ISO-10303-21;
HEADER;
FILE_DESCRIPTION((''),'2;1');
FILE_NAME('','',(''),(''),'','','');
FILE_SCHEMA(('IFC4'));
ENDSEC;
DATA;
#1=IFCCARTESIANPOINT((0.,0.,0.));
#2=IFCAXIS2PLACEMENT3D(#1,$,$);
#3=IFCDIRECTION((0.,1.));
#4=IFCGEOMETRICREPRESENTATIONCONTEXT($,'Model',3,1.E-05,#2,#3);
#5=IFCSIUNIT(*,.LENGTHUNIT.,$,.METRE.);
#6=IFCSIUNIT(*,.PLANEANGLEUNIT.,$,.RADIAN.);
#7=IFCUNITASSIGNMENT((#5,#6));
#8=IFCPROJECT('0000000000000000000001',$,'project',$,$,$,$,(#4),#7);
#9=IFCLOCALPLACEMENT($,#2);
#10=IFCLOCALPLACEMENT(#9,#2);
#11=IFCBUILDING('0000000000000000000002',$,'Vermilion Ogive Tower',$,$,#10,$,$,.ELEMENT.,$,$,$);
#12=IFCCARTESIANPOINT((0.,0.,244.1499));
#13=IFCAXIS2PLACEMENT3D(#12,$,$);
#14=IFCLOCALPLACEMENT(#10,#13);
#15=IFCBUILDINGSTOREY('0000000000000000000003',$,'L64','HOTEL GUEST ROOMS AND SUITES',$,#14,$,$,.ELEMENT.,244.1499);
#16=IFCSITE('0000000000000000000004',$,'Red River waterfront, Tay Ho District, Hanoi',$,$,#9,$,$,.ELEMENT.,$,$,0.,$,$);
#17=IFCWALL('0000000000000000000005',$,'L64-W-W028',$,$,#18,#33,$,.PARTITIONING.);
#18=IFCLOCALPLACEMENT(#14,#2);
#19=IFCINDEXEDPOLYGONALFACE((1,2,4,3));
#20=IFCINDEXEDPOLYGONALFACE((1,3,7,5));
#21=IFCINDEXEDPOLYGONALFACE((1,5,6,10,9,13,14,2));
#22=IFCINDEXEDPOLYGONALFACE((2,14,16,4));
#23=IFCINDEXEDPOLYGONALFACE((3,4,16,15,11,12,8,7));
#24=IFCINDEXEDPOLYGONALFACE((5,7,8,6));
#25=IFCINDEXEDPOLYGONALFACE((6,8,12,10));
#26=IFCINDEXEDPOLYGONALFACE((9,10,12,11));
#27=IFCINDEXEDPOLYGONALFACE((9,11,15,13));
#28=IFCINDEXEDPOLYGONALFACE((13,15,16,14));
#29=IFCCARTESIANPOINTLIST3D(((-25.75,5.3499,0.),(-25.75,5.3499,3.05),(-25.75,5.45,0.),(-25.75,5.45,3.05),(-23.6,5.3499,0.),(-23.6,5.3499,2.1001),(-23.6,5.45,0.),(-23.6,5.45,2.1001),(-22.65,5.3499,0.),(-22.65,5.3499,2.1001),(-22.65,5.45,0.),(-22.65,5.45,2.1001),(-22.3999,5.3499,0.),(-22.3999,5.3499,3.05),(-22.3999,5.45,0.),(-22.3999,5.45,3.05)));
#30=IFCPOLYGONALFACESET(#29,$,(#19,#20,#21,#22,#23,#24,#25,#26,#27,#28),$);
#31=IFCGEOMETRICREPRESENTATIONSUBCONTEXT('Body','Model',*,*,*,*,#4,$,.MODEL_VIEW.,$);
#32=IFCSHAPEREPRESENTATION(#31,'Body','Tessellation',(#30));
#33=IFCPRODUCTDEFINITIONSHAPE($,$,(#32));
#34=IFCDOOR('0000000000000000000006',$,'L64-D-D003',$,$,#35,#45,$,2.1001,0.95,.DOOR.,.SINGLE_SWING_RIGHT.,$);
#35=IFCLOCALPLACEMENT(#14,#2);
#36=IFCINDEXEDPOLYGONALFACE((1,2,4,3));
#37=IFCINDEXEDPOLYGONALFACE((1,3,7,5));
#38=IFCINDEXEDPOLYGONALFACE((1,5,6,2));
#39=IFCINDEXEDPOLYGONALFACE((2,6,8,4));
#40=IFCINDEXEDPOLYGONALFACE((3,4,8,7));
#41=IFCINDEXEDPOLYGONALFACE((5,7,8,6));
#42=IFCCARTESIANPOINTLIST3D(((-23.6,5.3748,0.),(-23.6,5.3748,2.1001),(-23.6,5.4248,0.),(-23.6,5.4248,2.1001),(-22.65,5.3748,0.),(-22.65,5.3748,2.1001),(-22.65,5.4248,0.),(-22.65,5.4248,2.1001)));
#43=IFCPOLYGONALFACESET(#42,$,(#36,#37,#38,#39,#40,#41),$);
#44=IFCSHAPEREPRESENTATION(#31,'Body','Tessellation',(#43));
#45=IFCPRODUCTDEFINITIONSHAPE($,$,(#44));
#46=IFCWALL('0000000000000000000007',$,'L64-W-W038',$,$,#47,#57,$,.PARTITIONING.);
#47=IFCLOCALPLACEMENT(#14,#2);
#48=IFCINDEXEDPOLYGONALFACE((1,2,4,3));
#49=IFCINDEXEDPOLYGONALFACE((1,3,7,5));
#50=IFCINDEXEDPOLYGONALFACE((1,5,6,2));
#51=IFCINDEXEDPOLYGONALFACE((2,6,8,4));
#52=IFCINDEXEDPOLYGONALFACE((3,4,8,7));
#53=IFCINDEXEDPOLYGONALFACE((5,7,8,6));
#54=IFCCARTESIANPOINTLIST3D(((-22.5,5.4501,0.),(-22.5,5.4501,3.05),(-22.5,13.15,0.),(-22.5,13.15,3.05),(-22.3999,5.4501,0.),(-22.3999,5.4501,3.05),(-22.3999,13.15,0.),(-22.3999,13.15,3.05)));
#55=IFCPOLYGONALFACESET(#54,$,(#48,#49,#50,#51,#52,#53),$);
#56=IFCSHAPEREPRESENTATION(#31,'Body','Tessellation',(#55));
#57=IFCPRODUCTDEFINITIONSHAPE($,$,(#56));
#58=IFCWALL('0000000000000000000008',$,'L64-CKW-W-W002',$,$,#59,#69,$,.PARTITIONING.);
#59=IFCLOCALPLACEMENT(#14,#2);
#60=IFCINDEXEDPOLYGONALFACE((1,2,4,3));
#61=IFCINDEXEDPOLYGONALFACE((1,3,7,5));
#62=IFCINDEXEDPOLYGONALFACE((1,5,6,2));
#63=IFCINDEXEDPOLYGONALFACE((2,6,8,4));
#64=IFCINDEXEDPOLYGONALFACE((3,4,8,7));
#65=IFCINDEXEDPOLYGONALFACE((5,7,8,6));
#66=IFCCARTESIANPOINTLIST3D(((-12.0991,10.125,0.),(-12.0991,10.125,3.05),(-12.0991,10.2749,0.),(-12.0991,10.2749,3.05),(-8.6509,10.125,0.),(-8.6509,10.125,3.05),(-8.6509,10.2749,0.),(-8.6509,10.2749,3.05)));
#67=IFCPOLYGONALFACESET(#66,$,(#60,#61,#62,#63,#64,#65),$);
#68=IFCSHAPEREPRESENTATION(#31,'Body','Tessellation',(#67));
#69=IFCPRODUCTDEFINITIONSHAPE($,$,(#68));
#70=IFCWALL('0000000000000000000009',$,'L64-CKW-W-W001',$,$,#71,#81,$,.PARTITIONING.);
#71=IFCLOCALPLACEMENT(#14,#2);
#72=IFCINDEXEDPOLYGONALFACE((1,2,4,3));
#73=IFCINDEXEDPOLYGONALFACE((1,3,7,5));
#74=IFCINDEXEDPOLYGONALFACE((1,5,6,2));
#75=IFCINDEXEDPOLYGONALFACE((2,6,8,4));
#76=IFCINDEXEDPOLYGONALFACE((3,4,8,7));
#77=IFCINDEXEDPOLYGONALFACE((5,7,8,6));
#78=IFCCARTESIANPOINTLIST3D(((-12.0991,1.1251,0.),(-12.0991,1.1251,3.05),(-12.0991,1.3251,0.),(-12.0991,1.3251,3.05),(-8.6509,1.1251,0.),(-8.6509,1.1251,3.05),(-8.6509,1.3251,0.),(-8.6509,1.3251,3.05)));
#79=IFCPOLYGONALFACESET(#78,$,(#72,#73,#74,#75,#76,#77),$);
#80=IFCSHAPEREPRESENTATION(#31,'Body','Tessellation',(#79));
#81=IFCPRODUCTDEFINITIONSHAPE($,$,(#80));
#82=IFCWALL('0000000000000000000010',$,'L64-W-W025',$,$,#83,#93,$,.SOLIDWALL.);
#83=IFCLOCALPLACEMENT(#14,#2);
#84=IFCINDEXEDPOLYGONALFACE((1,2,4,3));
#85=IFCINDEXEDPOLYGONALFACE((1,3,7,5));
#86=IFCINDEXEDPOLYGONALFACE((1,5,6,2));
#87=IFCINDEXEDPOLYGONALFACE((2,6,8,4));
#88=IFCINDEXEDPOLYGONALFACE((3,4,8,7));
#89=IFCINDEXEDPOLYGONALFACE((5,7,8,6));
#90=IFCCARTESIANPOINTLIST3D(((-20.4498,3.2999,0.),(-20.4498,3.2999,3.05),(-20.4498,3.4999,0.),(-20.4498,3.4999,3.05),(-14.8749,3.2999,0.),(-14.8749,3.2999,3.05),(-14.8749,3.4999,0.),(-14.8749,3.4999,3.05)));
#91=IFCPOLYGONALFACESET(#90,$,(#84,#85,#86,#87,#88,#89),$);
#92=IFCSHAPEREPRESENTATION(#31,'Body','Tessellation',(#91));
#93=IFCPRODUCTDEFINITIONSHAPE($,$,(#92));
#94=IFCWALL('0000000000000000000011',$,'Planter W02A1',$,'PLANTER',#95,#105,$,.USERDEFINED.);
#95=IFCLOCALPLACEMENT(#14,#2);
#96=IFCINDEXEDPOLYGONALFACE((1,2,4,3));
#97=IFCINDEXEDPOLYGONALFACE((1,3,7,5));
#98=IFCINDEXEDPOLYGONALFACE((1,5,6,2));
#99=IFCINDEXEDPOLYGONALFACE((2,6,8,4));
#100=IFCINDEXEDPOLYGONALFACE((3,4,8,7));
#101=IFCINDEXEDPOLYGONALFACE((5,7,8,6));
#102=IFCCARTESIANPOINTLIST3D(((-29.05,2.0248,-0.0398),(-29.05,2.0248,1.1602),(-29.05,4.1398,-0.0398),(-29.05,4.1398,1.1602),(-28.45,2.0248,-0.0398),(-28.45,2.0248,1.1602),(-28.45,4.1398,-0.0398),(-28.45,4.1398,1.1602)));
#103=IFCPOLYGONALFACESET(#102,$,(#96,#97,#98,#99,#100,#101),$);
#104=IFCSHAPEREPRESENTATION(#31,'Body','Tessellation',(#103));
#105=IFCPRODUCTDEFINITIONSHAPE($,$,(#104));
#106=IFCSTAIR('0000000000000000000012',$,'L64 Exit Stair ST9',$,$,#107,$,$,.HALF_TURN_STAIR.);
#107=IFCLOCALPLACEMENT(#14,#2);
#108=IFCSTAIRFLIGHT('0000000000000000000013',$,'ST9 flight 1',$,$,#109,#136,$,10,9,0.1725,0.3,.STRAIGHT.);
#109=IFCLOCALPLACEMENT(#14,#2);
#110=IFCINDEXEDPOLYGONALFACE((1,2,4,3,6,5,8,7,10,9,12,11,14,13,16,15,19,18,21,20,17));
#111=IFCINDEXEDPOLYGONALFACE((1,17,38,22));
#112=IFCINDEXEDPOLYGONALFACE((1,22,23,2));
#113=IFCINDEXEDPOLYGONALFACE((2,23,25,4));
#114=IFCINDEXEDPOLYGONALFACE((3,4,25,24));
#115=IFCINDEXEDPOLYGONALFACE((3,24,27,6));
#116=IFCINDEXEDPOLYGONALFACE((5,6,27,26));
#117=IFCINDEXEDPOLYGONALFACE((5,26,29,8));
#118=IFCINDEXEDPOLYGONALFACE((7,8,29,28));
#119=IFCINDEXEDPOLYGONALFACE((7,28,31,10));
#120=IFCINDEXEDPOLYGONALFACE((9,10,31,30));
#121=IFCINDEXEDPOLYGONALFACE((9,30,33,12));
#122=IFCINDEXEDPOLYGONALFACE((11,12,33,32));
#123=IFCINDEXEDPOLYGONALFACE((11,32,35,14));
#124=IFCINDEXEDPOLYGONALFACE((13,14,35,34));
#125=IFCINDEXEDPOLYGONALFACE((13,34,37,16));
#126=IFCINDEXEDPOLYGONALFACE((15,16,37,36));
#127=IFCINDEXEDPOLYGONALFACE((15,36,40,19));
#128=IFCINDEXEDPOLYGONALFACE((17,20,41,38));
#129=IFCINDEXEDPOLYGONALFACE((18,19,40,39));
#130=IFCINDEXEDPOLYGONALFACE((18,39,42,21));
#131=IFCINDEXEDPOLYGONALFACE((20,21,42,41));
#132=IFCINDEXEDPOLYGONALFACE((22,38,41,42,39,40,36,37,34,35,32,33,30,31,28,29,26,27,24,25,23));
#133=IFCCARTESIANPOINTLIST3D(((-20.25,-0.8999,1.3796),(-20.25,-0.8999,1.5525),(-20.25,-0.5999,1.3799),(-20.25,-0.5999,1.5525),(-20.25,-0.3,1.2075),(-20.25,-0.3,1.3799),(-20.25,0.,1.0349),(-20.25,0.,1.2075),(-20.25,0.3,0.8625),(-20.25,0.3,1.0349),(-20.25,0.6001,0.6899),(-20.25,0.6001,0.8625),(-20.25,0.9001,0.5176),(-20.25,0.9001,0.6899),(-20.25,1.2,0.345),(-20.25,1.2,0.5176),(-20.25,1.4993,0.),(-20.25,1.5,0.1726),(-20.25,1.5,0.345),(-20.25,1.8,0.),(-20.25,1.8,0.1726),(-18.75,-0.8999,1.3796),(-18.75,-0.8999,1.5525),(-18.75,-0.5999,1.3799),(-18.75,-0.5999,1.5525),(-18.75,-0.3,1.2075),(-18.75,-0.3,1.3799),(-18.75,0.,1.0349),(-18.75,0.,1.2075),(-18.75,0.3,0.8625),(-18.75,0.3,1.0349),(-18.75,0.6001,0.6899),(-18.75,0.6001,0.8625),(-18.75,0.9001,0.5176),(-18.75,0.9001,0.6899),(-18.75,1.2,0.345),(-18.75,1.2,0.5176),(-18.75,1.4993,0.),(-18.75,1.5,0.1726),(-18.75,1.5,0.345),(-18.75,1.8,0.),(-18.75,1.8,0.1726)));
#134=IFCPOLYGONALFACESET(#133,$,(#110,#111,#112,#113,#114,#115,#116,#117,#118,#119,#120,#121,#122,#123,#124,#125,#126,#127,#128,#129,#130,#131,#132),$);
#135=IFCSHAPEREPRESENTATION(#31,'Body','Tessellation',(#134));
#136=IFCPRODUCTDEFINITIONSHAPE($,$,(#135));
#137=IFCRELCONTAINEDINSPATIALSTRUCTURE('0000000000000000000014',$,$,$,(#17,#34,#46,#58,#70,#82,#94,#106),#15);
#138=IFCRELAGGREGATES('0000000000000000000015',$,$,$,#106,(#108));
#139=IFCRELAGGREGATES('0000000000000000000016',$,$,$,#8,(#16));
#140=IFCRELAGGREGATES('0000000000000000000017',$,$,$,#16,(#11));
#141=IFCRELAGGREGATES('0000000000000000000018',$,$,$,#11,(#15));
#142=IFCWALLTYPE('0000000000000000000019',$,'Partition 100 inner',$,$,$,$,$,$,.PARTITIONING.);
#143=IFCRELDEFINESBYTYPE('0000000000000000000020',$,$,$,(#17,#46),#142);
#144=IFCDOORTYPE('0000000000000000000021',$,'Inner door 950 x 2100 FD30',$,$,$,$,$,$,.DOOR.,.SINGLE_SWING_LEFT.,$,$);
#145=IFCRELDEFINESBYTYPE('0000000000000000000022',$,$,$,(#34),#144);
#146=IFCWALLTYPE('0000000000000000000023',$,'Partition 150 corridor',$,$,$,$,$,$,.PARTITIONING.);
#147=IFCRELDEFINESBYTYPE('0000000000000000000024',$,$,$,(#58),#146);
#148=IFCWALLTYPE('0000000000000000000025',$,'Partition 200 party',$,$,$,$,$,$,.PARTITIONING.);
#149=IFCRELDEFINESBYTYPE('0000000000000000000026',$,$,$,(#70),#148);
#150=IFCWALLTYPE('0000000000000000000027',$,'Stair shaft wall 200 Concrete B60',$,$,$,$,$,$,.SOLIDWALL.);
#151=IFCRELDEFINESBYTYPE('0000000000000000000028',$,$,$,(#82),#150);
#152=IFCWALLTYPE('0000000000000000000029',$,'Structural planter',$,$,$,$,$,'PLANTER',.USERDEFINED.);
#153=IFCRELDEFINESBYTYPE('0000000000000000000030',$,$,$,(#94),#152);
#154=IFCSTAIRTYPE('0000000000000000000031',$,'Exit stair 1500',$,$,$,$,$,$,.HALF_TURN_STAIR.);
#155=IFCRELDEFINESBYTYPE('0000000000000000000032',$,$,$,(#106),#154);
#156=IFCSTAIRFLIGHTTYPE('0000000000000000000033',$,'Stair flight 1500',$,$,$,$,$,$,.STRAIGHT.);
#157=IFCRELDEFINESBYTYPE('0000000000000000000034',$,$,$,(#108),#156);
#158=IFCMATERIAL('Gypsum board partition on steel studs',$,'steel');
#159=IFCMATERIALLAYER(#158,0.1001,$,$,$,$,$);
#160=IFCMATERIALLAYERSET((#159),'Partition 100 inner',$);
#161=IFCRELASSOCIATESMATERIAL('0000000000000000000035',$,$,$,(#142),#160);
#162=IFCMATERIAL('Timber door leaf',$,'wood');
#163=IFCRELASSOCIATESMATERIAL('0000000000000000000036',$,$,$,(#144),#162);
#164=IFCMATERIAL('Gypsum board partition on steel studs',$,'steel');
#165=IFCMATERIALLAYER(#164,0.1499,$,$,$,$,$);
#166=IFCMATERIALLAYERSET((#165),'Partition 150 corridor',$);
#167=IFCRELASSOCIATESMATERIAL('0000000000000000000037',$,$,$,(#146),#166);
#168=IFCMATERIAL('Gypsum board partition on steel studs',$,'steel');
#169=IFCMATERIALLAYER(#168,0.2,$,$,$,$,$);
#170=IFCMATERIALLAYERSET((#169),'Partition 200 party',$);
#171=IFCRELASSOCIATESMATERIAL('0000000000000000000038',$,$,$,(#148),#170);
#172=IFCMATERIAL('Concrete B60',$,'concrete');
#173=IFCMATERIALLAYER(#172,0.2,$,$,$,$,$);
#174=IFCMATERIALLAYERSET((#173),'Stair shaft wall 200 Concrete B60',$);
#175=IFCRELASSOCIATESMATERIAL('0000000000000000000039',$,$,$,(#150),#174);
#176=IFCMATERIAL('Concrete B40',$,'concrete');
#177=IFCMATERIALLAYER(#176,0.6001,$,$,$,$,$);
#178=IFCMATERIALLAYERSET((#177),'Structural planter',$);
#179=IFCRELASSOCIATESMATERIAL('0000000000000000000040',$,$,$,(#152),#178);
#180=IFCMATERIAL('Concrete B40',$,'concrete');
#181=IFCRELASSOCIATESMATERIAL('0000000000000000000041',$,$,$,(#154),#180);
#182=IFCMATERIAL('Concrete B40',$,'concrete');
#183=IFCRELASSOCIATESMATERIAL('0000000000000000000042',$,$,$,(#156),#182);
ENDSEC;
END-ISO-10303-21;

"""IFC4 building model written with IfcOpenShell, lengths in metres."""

from ifc_helpers import new_model, si_unit, direction, frame, frame_2d, origin, place, context, subcontext, project, spatial, polyline, rectangle, outline, extrude, material, layer, layer_set, type_object, element, fill, aggregate, save


model = new_model("IFC4")

# Units and contexts
model_context = context("Model", 3, precision=1e-05, world=origin(), true_north=direction((0.0, 1.0)))
body_context = subcontext(model_context, "Body", "Model", "MODEL_VIEW")
ifc_project = project(units=[si_unit("LENGTHUNIT", "METRE"), si_unit("PLANEANGLEUNIT", "RADIAN")], contexts=[model_context])

# Site, building, storey
site_placement = place(None, origin())
site = spatial("IfcSite", under=ifc_project, at=site_placement, Name="Red River waterfront, Tay Ho District, Hanoi", CompositionType="ELEMENT", RefElevation=0.0)
building_placement = place(site_placement, origin())
building = spatial("IfcBuilding", under=site, at=building_placement, Name="Vermilion Ogive Tower", CompositionType="ELEMENT")
storey_placement = place(building_placement, frame((0.0, 0.0, 244.1499)))
storey = spatial("IfcBuildingStorey", under=building, at=storey_placement, Name="L64", Description="HOTEL GUEST ROOMS AND SUITES", CompositionType="ELEMENT", Elevation=244.1499)

# Wall, opening, door
ifc_material_1 = material(Name="Gypsum board partition on steel studs", Category="steel")
ifc_layer_1 = layer(ifc_material_1, 0.1001)
ifc_layer_set_1 = layer_set([ifc_layer_1], Name="Partition 100 inner")
wall_type_1 = type_object("IfcWallType", Name="Partition 100 inner", PredefinedType="PARTITIONING", material=ifc_layer_set_1)
ifc_material_2 = material(Name="Timber door leaf", Category="wood")
door_type_1 = type_object("IfcDoorType", Name="Inner door 950 x 2100 FD30", OperationType="SINGLE_SWING_LEFT", PredefinedType="DOOR", material=ifc_material_2)
wall_1_placement = place(storey_placement, frame((-25.75, 5.3999, 0.0), z_axis=(0.0, 0.0, 1.0), x_axis=(1.0, 0.0, 0.0)))
wall_1 = element("IfcWall", 1, at=wall_1_placement, inside=storey, type_object=wall_type_1, Name="L64-W-W028", PredefinedType="PARTITIONING", context=body_context, shape_type="SweptSolid", body=[
    extrude(rectangle(XDim=3.3501, YDim=0.1001, at=frame_2d((1.675, 0.0))), origin(), (0.0, 0.0, 1.0), 3.05),
])
opening_1_placement = place(wall_1_placement, frame((2.1499, 0.0, 0.0)))
opening_1 = element("IfcOpeningElement", 2, at=opening_1_placement, cuts=wall_1, PredefinedType="OPENING", context=body_context, shape_type="SweptSolid", body=[
    extrude(rectangle(XDim=0.95, YDim=2.1001, at=frame_2d((0.4751, 1.05))), frame((0.0, 0.0601, 0.0), z_axis=(0.0, -1.0, 0.0), x_axis=(1.0, 0.0, 0.0)), (0.0, 0.0, 1.0), 0.1201),
])
door_1_placement = place(opening_1_placement, origin())
door_1 = element("IfcDoor", 3, at=door_1_placement, inside=storey, type_object=door_type_1, Name="L64-D-D003", OperationType="SINGLE_SWING_RIGHT", OverallHeight=2.1001, OverallWidth=0.95, PredefinedType="DOOR", context=body_context, shape_type="SweptSolid", body=[
    extrude(rectangle(XDim=0.95, YDim=2.1001, at=frame_2d((0.4751, 1.05))), frame((0.0, 0.0249, 0.0), z_axis=(0.0, -1.0, 0.0), x_axis=(1.0, 0.0, 0.0)), (0.0, 0.0, 1.0), 0.05),
])
fill(opening_1, door_1)

# Walls
wall_2_placement = place(storey_placement, frame((-22.45, 5.45, 0.0), z_axis=(0.0, 0.0, 1.0), x_axis=(0.0, 1.0, 0.0)))
element("IfcWall", 4, at=wall_2_placement, inside=storey, type_object=wall_type_1, Name="L64-W-W038", PredefinedType="PARTITIONING", context=body_context, shape_type="SweptSolid", body=[
    extrude(rectangle(XDim=7.7, YDim=0.1001, at=frame_2d((3.8501, 0.0))), origin(), (0.0, 0.0, 1.0), 3.05),
])
ifc_material_3 = material(Name="Gypsum board partition on steel studs", Category="steel")
ifc_layer_2 = layer(ifc_material_3, 0.1499)
ifc_layer_set_2 = layer_set([ifc_layer_2], Name="Partition 150 corridor")
wall_type_2 = type_object("IfcWallType", Name="Partition 150 corridor", PredefinedType="PARTITIONING", material=ifc_layer_set_2)
wall_3_placement = place(storey_placement, frame((-12.0991, 10.2, 0.0), z_axis=(0.0, 0.0, 1.0), x_axis=(1.0, 0.0, 0.0)))
element("IfcWall", 5, at=wall_3_placement, inside=storey, type_object=wall_type_2, Name="L64-CKW-W-W002", PredefinedType="PARTITIONING", context=body_context, shape_type="SweptSolid", body=[
    extrude(rectangle(XDim=3.4482, YDim=0.1499, at=frame_2d((1.7241, 0.0))), origin(), (0.0, 0.0, 1.0), 3.05),
])
ifc_material_4 = material(Name="Gypsum board partition on steel studs", Category="steel")
ifc_layer_3 = layer(ifc_material_4, 0.2)
ifc_layer_set_3 = layer_set([ifc_layer_3], Name="Partition 200 party")
wall_type_3 = type_object("IfcWallType", Name="Partition 200 party", PredefinedType="PARTITIONING", material=ifc_layer_set_3)
wall_4_placement = place(storey_placement, frame((-12.0991, 1.2251, 0.0), z_axis=(0.0, 0.0, 1.0), x_axis=(1.0, 0.0, 0.0)))
element("IfcWall", 6, at=wall_4_placement, inside=storey, type_object=wall_type_3, Name="L64-CKW-W-W001", PredefinedType="PARTITIONING", context=body_context, shape_type="SweptSolid", body=[
    extrude(rectangle(XDim=3.4482, YDim=0.2, at=frame_2d((1.7241, 0.0))), origin(), (0.0, 0.0, 1.0), 3.05),
])
ifc_material_5 = material(Name="Concrete B60", Category="concrete")
ifc_layer_4 = layer(ifc_material_5, 0.2)
ifc_layer_set_4 = layer_set([ifc_layer_4], Name="Stair shaft wall 200 Concrete B60")
wall_type_4 = type_object("IfcWallType", Name="Stair shaft wall 200 Concrete B60", PredefinedType="SOLIDWALL", material=ifc_layer_set_4)
wall_5_placement = place(storey_placement, frame((-20.45, 3.3999, 0.0), z_axis=(0.0, 0.0, 1.0), x_axis=(1.0, 0.0, 0.0)))
element("IfcWall", 7, at=wall_5_placement, inside=storey, type_object=wall_type_4, Name="L64-W-W025", PredefinedType="SOLIDWALL", context=body_context, shape_type="SweptSolid", body=[
    extrude(rectangle(XDim=5.575, YDim=0.2, at=frame_2d((2.7876, 0.0))), origin(), (0.0, 0.0, 1.0), 3.05),
])
ifc_material_6 = material(Name="Concrete B40", Category="concrete")
ifc_layer_5 = layer(ifc_material_6, 0.6001)
ifc_layer_set_5 = layer_set([ifc_layer_5], Name="Structural planter")
wall_type_5 = type_object("IfcWallType", Name="Structural planter", ElementType="PLANTER", PredefinedType="USERDEFINED", material=ifc_layer_set_5)
wall_6_placement = place(storey_placement, frame((-28.75, 4.1399, -0.0398), z_axis=(0.0, 0.0, 1.0), x_axis=(0.0, -1.0, 0.0)))
element("IfcWall", 8, at=wall_6_placement, inside=storey, type_object=wall_type_5, Name="Planter W02A1", ObjectType="PLANTER", PredefinedType="USERDEFINED", context=body_context, shape_type="SweptSolid", body=[
    extrude(rectangle(XDim=2.115, YDim=0.6001, at=frame_2d((1.0576, 0.0))), origin(), (0.0, 0.0, 1.0), 1.2),
])

# Stair, stair flight
ifc_material_7 = material(Name="Concrete B40", Category="concrete")
stair_type = type_object("IfcStairType", Name="Exit stair 1500", PredefinedType="HALF_TURN_STAIR", material=ifc_material_7)
stair_placement = place(storey_placement, origin())
stair = element("IfcStair", 9, at=stair_placement, inside=storey, type_object=stair_type, Name="L64 Exit Stair ST9", PredefinedType="HALF_TURN_STAIR")
ifc_material_8 = material(Name="Concrete B40", Category="concrete")
stair_flight_type = type_object("IfcStairFlightType", Name="Stair flight 1500", PredefinedType="STRAIGHT", material=ifc_material_8)
stair_flight_placement = place(storey_placement, frame((-19.5, 1.8, 0.0), z_axis=(0.0, 0.0, 1.0), x_axis=(0.0, -1.0, 0.0)))
stair_flight = element("IfcStairFlight", 10, at=stair_flight_placement, type_object=stair_flight_type, Name="ST9 flight 1", NumberOfRisers=10, NumberOfTreads=9, PredefinedType="STRAIGHT", RiserHeight=0.1725, TreadLength=0.3, context=body_context, shape_type="SweptSolid", body=[
    extrude(outline(polyline([(0.0, 0.0), (0.0, 0.1726), (0.3, 0.1726), (0.3, 0.345), (0.6001, 0.345), (0.6001, 0.5176), (0.8999, 0.5176), (0.8999, 0.6899), (1.2, 0.6899), (1.2, 0.8625), (1.5, 0.8625), (1.5, 1.0349), (1.8, 1.0349), (1.8, 1.2075), (2.1001, 1.2075), (2.1001, 1.3799), (2.3999, 1.3799), (2.3999, 1.5525), (2.7, 1.5525), (2.7, 1.7251), (2.7, 1.3796), (0.3008, 0.0), (0.0, 0.0)])), frame((0.0, 0.75, 0.0), z_axis=(0.0, -1.0, 0.0), x_axis=(1.0, 0.0, 0.0)), (0.0, 0.0, 1.0), 1.5),
])
aggregate(stair, [stair_flight])

save(model, "model.ifc")
